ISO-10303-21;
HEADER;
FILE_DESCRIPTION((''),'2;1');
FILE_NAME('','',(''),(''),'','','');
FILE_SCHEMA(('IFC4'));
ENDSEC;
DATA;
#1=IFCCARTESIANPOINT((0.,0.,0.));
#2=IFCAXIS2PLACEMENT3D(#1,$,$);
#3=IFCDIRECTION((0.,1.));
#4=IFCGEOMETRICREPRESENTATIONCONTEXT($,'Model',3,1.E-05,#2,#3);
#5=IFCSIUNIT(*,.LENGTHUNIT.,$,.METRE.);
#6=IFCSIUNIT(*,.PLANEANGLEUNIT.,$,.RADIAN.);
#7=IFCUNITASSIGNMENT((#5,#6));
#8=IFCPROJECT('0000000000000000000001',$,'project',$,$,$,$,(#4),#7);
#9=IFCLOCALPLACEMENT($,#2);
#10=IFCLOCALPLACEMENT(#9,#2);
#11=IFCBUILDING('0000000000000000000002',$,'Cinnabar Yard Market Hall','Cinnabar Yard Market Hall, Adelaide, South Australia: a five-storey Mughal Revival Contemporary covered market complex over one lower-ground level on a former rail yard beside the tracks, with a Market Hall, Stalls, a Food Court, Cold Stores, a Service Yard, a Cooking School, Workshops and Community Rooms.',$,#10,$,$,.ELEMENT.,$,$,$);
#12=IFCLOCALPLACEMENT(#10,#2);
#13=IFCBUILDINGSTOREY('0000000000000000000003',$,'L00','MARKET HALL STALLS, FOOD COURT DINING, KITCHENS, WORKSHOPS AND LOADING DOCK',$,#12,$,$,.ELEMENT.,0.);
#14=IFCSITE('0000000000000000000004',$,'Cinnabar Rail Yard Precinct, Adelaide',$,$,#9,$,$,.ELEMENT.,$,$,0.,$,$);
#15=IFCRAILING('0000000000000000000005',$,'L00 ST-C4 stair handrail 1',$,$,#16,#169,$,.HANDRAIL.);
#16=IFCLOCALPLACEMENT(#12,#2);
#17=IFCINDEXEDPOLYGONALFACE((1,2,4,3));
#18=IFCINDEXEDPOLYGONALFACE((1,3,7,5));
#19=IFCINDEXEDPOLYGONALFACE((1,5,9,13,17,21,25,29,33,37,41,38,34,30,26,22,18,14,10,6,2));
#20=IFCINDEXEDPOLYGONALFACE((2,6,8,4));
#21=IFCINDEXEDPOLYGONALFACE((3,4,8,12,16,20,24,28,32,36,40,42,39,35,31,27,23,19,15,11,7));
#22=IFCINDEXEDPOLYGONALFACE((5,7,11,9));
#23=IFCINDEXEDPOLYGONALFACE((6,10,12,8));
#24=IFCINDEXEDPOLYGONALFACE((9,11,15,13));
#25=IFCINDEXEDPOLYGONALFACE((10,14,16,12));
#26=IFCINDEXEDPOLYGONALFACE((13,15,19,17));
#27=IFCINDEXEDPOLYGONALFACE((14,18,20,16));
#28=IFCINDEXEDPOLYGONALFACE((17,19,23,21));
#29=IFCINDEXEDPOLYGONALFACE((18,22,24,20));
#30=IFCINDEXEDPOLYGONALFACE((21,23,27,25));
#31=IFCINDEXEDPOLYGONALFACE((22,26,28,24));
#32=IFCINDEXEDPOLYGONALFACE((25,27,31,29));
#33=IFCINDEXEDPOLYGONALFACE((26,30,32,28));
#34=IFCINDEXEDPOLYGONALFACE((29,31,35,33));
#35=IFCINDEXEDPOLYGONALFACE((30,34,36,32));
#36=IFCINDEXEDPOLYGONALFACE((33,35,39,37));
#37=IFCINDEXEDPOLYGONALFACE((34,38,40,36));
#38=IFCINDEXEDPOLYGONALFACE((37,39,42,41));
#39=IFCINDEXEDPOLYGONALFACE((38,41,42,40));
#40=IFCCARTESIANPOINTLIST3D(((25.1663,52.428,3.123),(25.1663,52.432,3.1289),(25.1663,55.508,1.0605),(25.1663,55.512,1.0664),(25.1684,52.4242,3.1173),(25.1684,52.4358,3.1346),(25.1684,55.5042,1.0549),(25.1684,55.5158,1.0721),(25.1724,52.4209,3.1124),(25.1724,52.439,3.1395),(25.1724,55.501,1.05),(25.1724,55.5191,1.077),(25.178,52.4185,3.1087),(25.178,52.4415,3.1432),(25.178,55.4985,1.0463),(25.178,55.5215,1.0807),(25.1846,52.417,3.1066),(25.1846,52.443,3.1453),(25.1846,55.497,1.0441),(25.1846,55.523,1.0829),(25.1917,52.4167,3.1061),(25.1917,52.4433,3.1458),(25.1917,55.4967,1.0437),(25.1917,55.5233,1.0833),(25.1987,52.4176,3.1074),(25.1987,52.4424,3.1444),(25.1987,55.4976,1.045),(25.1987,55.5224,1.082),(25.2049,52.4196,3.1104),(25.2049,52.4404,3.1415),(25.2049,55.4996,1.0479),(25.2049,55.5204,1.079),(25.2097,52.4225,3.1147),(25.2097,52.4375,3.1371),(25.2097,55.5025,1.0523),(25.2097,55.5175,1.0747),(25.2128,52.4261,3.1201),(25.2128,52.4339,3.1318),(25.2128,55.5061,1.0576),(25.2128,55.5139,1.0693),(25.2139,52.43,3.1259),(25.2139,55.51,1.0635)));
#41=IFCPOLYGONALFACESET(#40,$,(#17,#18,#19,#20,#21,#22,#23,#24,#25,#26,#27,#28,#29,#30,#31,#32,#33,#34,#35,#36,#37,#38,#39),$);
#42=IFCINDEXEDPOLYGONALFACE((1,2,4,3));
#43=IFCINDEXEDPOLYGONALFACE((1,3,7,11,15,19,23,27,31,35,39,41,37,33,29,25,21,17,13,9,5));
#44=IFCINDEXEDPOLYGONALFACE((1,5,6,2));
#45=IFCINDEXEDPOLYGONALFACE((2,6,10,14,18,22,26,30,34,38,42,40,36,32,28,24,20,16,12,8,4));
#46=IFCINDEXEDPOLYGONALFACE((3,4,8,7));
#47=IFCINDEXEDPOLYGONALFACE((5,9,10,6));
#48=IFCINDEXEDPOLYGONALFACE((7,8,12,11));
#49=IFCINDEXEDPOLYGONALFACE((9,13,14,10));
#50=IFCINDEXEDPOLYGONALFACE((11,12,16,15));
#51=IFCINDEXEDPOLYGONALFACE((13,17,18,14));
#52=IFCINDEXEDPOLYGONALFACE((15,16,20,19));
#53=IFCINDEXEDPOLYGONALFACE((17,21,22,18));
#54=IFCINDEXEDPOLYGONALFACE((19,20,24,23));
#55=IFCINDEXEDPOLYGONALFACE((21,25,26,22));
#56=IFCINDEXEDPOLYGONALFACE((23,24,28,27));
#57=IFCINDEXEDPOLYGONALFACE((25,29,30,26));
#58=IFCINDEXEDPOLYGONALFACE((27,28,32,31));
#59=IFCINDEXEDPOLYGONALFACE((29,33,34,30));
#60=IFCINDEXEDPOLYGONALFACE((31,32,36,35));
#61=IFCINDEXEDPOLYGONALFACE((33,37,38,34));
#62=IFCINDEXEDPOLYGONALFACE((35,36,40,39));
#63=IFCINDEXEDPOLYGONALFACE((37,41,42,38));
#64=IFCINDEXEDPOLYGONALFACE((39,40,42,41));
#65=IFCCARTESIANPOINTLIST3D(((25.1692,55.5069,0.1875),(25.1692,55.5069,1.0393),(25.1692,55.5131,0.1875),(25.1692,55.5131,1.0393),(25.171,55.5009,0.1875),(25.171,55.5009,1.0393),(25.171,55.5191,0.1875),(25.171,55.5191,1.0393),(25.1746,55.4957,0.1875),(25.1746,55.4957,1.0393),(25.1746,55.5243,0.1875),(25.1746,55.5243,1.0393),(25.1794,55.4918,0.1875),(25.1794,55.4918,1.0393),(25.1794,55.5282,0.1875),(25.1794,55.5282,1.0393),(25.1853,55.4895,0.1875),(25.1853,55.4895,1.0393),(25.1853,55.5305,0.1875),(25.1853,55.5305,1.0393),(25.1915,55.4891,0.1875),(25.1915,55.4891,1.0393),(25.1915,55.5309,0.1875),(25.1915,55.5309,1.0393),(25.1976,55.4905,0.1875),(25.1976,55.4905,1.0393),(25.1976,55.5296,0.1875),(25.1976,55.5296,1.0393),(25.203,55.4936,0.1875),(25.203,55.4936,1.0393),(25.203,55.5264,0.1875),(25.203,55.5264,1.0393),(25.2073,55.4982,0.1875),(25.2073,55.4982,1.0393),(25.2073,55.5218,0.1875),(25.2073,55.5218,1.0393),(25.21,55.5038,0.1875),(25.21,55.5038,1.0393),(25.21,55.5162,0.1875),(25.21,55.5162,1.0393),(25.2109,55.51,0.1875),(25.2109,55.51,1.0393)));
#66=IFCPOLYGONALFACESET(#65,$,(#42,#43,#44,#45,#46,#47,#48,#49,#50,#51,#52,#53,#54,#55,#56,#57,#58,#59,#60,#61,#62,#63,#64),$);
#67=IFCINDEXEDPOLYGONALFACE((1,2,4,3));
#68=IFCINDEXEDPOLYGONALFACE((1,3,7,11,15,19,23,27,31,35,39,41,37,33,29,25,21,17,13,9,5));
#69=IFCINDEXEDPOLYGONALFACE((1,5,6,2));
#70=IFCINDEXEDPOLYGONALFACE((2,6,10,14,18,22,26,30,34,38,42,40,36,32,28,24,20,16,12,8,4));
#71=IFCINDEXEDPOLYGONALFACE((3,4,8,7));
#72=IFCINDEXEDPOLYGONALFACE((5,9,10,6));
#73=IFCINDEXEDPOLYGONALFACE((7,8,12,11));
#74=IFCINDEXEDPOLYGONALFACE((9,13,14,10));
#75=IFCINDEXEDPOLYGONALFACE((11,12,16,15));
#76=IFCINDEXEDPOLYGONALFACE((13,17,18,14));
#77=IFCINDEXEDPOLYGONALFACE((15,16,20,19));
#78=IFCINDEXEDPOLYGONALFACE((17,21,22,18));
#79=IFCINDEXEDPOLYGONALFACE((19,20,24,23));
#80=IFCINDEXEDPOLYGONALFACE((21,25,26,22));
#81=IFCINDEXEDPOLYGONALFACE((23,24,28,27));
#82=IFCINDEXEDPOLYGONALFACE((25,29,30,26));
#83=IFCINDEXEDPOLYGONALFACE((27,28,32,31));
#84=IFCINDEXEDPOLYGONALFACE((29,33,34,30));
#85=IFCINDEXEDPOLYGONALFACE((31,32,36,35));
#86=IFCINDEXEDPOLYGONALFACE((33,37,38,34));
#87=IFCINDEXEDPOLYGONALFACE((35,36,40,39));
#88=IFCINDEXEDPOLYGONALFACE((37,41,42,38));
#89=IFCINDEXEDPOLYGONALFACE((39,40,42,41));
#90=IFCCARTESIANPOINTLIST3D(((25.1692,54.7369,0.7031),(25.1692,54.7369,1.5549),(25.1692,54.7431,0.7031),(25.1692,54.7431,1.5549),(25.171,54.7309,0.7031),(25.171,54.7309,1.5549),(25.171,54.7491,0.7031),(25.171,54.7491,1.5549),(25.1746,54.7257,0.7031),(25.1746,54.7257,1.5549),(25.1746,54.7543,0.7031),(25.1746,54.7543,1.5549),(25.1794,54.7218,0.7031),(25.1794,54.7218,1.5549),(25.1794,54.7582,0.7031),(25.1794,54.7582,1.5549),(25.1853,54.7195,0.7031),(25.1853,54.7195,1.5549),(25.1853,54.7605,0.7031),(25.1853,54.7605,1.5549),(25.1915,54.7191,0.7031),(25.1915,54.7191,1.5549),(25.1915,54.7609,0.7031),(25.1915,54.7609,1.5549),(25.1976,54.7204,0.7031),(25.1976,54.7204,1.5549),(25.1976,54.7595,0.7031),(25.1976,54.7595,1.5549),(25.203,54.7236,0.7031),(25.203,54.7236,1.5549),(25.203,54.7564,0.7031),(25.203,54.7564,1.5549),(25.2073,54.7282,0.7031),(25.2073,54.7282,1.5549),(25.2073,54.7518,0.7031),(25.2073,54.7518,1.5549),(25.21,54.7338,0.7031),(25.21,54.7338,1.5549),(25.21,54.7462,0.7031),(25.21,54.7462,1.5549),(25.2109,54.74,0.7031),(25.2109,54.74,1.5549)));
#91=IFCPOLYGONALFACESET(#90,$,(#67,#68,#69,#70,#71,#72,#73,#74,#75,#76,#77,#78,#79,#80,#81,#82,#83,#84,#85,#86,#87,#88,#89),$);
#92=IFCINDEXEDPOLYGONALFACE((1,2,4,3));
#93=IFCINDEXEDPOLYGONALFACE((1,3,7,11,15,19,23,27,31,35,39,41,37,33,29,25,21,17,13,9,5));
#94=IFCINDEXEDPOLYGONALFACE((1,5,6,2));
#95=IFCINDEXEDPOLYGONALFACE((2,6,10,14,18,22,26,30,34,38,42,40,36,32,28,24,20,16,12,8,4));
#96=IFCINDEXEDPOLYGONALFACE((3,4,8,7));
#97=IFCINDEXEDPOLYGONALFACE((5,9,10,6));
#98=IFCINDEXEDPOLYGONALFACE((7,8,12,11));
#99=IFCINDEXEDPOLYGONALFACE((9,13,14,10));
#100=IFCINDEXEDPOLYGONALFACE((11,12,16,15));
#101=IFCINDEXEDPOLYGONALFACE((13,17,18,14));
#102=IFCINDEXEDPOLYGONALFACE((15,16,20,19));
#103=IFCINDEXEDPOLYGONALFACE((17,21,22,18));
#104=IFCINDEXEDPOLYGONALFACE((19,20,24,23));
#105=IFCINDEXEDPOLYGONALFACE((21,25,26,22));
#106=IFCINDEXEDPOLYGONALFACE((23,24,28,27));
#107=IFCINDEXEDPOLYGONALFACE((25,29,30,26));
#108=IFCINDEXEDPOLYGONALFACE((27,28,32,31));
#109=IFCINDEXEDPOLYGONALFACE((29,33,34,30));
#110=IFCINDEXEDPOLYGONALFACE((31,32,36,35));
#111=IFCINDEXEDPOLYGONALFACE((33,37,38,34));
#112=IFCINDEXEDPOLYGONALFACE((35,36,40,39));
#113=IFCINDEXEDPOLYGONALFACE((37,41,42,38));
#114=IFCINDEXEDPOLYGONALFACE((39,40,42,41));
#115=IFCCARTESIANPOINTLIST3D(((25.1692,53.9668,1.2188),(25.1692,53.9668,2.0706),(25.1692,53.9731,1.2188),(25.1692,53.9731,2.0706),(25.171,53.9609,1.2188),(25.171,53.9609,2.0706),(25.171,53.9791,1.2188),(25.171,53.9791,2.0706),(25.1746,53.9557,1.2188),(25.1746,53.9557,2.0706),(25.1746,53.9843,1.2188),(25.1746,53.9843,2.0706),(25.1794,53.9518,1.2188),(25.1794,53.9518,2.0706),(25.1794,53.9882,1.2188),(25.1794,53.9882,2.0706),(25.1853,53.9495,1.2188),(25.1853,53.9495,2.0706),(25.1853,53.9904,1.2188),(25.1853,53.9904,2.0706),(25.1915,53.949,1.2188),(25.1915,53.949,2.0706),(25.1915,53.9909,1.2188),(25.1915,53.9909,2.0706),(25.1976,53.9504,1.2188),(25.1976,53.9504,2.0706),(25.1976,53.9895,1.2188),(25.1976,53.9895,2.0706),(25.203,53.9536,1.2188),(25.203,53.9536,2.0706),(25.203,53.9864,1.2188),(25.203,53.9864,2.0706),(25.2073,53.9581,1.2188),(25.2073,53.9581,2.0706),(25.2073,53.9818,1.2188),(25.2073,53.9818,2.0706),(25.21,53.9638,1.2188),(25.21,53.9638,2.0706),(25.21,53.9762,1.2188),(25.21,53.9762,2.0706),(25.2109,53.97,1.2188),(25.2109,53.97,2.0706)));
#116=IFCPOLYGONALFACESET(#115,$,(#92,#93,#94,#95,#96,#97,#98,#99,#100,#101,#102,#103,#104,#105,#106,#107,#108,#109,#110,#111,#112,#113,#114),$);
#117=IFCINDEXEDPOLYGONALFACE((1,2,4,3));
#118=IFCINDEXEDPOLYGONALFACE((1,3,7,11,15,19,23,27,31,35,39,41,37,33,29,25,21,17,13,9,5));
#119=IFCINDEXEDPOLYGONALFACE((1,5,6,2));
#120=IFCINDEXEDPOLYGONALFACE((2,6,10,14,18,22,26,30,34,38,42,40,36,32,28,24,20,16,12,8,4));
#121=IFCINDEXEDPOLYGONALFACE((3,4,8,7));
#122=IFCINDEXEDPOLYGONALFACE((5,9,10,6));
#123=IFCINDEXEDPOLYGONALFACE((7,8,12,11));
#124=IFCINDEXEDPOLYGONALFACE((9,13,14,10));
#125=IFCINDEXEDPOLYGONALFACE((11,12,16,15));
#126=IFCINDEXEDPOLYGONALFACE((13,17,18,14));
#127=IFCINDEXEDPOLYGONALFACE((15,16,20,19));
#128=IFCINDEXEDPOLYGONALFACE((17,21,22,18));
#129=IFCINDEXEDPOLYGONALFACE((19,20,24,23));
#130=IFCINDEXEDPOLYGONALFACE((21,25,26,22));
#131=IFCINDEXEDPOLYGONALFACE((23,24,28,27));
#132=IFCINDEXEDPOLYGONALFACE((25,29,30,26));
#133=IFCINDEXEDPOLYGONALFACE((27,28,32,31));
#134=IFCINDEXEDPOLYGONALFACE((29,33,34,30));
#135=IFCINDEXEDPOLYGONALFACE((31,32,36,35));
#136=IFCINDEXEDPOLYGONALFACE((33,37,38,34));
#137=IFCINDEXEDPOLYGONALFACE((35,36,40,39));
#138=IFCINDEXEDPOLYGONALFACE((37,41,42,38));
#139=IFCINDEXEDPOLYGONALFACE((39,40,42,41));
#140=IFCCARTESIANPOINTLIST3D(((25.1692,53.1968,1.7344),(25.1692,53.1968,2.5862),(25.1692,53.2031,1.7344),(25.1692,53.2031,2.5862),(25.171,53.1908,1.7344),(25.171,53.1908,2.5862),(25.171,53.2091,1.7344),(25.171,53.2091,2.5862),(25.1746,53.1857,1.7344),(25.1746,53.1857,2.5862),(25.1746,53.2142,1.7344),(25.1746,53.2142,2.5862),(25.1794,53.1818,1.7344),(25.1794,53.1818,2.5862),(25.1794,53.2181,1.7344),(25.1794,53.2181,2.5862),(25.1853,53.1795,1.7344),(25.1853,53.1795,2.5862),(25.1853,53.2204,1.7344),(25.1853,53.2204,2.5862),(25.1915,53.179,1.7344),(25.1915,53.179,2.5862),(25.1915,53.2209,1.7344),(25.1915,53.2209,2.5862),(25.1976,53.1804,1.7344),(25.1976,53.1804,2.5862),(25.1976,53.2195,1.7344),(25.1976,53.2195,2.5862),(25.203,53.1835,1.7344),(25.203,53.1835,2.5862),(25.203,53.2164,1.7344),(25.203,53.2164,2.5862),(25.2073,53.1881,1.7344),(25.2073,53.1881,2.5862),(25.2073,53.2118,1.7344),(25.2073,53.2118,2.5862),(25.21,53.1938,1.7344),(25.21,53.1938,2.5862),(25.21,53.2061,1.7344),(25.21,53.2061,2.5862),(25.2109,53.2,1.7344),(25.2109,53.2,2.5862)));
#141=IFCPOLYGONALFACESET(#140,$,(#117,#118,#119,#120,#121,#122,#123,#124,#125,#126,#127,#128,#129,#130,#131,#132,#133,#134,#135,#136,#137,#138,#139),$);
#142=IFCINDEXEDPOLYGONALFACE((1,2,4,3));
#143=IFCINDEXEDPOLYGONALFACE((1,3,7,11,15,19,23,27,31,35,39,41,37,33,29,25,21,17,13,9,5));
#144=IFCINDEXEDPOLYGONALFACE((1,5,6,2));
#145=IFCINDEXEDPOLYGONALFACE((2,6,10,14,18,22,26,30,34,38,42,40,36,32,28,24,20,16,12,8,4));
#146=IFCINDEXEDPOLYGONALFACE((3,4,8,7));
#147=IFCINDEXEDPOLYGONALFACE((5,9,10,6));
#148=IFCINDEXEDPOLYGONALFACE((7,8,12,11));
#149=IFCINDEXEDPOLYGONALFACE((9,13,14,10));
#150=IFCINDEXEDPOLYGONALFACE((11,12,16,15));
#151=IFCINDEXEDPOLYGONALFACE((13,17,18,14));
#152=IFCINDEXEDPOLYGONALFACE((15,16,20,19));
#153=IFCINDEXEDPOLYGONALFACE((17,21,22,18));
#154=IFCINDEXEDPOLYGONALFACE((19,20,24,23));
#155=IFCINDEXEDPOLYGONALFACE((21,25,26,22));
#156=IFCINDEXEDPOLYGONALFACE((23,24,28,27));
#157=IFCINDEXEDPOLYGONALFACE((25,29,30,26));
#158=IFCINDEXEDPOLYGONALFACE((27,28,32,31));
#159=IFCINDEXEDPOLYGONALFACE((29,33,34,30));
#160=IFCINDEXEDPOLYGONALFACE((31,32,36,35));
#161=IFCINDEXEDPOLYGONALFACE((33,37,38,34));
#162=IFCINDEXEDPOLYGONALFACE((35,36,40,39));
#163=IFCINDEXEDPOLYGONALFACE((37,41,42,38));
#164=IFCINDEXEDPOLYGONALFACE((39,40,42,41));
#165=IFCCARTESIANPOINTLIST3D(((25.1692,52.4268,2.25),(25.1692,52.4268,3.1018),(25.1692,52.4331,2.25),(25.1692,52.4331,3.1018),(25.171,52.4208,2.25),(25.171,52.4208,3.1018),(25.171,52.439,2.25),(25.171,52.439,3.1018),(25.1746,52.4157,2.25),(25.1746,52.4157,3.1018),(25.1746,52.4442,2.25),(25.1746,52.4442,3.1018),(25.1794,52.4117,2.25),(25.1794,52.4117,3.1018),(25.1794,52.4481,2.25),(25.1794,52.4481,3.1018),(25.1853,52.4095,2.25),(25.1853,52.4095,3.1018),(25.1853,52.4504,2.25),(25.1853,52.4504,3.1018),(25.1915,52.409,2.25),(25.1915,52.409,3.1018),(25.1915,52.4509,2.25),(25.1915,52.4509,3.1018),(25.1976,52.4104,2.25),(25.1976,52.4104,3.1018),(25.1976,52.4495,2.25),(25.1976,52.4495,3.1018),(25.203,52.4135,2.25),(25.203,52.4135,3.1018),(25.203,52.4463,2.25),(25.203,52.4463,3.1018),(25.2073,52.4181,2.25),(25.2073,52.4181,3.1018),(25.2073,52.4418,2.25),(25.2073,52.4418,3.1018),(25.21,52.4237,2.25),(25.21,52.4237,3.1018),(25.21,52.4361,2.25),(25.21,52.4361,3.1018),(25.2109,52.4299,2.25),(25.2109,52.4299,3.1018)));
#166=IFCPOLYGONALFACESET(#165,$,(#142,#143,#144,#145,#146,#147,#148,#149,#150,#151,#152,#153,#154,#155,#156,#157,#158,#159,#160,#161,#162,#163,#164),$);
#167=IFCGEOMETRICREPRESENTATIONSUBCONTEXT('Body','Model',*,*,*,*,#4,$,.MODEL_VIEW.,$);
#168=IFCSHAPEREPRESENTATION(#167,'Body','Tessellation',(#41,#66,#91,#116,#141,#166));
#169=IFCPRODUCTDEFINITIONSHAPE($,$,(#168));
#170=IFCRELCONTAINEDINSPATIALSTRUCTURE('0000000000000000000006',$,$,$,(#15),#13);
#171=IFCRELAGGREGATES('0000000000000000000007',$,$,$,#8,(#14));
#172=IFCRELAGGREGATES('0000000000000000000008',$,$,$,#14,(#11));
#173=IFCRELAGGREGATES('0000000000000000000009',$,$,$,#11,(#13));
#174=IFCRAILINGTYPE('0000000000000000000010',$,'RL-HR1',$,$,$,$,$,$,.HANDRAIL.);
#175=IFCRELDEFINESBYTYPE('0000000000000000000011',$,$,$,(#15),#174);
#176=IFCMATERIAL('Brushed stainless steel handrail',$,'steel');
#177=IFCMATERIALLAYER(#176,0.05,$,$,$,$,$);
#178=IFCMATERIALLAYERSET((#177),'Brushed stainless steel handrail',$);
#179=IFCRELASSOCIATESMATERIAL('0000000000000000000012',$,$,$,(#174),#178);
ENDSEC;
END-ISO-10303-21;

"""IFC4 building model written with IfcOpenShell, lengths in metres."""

from ifc_helpers import new_model, si_unit, direction, frame, origin, origin_2d_with_axis, place, context, subcontext, project, spatial, circle, extrude, material, layer, layer_set, type_object, element, save


model = new_model("IFC4")

# Units and contexts
model_context = context("Model", 3, precision=1e-05, world=origin(), true_north=direction((0.0, 1.0)))
body_context = subcontext(model_context, "Body", "Model", "MODEL_VIEW")
ifc_project = project(units=[si_unit("LENGTHUNIT", "METRE"), si_unit("PLANEANGLEUNIT", "RADIAN")], contexts=[model_context])

# Site, building, storey
site_placement = place(None, origin())
site = spatial("IfcSite", under=ifc_project, at=site_placement, Name="Cinnabar Rail Yard Precinct, Adelaide", CompositionType="ELEMENT", RefElevation=0.0)
building_placement = place(site_placement, origin())
building = spatial("IfcBuilding", under=site, at=building_placement, Name="Cinnabar Yard Market Hall", Description="Cinnabar Yard Market Hall, Adelaide, South Australia: a five-storey Mughal Revival Contemporary covered market complex over one lower-ground level on a former rail yard beside the tracks, with a Market Hall, Stalls, a Food Court, Cold Stores, a Service Yard, a Cooking School, Workshops and Community Rooms.", CompositionType="ELEMENT")
storey_placement = place(building_placement, origin())
storey = spatial("IfcBuildingStorey", under=building, at=storey_placement, Name="L00", Description="MARKET HALL STALLS, FOOD COURT DINING, KITCHENS, WORKSHOPS AND LOADING DOCK", CompositionType="ELEMENT", Elevation=0.0)

# Railing
ifc_material_1 = material(Name="Brushed stainless steel handrail", Category="steel")
ifc_layer_1 = layer(ifc_material_1, 0.05)
ifc_layer_set_1 = layer_set([ifc_layer_1], Name="Brushed stainless steel handrail")
railing_type_1 = type_object("IfcRailingType", Name="RL-HR1", PredefinedType="HANDRAIL", material=ifc_layer_set_1)
railing_1_placement = place(storey_placement, frame((25.1899, 55.51, 0.1875)))
element("IfcRailing", 1, at=railing_1_placement, inside=storey, type_object=railing_type_1, Name="L00 ST-C4 stair handrail 1", PredefinedType="HANDRAIL", context=body_context, shape_type="SweptSolid", body=[
    extrude(circle(Radius=0.0239, at=origin_2d_with_axis()), frame((0.0, 0.0, 0.876), z_axis=(0.0, -0.830914, 0.556401), x_axis=(1.0, 0.0, 0.0)), (0.0, 0.0, 1.0), 3.7068),
    extrude(circle(Radius=0.021, at=origin_2d_with_axis()), origin(), (0.0, 0.0, 1.0), 0.8518),
    extrude(circle(Radius=0.021, at=origin_2d_with_axis()), frame((0.0, -0.77, 0.5156)), (0.0, 0.0, 1.0), 0.8518),
    extrude(circle(Radius=0.021, at=origin_2d_with_axis()), frame((0.0, -1.54, 1.0312)), (0.0, 0.0, 1.0), 0.8518),
    extrude(circle(Radius=0.021, at=origin_2d_with_axis()), frame((0.0, -2.3101, 1.5469)), (0.0, 0.0, 1.0), 0.8518),
    extrude(circle(Radius=0.021, at=origin_2d_with_axis()), frame((0.0, -3.0801, 2.0625)), (0.0, 0.0, 1.0), 0.8518),
])

save(model, "model.ifc")
